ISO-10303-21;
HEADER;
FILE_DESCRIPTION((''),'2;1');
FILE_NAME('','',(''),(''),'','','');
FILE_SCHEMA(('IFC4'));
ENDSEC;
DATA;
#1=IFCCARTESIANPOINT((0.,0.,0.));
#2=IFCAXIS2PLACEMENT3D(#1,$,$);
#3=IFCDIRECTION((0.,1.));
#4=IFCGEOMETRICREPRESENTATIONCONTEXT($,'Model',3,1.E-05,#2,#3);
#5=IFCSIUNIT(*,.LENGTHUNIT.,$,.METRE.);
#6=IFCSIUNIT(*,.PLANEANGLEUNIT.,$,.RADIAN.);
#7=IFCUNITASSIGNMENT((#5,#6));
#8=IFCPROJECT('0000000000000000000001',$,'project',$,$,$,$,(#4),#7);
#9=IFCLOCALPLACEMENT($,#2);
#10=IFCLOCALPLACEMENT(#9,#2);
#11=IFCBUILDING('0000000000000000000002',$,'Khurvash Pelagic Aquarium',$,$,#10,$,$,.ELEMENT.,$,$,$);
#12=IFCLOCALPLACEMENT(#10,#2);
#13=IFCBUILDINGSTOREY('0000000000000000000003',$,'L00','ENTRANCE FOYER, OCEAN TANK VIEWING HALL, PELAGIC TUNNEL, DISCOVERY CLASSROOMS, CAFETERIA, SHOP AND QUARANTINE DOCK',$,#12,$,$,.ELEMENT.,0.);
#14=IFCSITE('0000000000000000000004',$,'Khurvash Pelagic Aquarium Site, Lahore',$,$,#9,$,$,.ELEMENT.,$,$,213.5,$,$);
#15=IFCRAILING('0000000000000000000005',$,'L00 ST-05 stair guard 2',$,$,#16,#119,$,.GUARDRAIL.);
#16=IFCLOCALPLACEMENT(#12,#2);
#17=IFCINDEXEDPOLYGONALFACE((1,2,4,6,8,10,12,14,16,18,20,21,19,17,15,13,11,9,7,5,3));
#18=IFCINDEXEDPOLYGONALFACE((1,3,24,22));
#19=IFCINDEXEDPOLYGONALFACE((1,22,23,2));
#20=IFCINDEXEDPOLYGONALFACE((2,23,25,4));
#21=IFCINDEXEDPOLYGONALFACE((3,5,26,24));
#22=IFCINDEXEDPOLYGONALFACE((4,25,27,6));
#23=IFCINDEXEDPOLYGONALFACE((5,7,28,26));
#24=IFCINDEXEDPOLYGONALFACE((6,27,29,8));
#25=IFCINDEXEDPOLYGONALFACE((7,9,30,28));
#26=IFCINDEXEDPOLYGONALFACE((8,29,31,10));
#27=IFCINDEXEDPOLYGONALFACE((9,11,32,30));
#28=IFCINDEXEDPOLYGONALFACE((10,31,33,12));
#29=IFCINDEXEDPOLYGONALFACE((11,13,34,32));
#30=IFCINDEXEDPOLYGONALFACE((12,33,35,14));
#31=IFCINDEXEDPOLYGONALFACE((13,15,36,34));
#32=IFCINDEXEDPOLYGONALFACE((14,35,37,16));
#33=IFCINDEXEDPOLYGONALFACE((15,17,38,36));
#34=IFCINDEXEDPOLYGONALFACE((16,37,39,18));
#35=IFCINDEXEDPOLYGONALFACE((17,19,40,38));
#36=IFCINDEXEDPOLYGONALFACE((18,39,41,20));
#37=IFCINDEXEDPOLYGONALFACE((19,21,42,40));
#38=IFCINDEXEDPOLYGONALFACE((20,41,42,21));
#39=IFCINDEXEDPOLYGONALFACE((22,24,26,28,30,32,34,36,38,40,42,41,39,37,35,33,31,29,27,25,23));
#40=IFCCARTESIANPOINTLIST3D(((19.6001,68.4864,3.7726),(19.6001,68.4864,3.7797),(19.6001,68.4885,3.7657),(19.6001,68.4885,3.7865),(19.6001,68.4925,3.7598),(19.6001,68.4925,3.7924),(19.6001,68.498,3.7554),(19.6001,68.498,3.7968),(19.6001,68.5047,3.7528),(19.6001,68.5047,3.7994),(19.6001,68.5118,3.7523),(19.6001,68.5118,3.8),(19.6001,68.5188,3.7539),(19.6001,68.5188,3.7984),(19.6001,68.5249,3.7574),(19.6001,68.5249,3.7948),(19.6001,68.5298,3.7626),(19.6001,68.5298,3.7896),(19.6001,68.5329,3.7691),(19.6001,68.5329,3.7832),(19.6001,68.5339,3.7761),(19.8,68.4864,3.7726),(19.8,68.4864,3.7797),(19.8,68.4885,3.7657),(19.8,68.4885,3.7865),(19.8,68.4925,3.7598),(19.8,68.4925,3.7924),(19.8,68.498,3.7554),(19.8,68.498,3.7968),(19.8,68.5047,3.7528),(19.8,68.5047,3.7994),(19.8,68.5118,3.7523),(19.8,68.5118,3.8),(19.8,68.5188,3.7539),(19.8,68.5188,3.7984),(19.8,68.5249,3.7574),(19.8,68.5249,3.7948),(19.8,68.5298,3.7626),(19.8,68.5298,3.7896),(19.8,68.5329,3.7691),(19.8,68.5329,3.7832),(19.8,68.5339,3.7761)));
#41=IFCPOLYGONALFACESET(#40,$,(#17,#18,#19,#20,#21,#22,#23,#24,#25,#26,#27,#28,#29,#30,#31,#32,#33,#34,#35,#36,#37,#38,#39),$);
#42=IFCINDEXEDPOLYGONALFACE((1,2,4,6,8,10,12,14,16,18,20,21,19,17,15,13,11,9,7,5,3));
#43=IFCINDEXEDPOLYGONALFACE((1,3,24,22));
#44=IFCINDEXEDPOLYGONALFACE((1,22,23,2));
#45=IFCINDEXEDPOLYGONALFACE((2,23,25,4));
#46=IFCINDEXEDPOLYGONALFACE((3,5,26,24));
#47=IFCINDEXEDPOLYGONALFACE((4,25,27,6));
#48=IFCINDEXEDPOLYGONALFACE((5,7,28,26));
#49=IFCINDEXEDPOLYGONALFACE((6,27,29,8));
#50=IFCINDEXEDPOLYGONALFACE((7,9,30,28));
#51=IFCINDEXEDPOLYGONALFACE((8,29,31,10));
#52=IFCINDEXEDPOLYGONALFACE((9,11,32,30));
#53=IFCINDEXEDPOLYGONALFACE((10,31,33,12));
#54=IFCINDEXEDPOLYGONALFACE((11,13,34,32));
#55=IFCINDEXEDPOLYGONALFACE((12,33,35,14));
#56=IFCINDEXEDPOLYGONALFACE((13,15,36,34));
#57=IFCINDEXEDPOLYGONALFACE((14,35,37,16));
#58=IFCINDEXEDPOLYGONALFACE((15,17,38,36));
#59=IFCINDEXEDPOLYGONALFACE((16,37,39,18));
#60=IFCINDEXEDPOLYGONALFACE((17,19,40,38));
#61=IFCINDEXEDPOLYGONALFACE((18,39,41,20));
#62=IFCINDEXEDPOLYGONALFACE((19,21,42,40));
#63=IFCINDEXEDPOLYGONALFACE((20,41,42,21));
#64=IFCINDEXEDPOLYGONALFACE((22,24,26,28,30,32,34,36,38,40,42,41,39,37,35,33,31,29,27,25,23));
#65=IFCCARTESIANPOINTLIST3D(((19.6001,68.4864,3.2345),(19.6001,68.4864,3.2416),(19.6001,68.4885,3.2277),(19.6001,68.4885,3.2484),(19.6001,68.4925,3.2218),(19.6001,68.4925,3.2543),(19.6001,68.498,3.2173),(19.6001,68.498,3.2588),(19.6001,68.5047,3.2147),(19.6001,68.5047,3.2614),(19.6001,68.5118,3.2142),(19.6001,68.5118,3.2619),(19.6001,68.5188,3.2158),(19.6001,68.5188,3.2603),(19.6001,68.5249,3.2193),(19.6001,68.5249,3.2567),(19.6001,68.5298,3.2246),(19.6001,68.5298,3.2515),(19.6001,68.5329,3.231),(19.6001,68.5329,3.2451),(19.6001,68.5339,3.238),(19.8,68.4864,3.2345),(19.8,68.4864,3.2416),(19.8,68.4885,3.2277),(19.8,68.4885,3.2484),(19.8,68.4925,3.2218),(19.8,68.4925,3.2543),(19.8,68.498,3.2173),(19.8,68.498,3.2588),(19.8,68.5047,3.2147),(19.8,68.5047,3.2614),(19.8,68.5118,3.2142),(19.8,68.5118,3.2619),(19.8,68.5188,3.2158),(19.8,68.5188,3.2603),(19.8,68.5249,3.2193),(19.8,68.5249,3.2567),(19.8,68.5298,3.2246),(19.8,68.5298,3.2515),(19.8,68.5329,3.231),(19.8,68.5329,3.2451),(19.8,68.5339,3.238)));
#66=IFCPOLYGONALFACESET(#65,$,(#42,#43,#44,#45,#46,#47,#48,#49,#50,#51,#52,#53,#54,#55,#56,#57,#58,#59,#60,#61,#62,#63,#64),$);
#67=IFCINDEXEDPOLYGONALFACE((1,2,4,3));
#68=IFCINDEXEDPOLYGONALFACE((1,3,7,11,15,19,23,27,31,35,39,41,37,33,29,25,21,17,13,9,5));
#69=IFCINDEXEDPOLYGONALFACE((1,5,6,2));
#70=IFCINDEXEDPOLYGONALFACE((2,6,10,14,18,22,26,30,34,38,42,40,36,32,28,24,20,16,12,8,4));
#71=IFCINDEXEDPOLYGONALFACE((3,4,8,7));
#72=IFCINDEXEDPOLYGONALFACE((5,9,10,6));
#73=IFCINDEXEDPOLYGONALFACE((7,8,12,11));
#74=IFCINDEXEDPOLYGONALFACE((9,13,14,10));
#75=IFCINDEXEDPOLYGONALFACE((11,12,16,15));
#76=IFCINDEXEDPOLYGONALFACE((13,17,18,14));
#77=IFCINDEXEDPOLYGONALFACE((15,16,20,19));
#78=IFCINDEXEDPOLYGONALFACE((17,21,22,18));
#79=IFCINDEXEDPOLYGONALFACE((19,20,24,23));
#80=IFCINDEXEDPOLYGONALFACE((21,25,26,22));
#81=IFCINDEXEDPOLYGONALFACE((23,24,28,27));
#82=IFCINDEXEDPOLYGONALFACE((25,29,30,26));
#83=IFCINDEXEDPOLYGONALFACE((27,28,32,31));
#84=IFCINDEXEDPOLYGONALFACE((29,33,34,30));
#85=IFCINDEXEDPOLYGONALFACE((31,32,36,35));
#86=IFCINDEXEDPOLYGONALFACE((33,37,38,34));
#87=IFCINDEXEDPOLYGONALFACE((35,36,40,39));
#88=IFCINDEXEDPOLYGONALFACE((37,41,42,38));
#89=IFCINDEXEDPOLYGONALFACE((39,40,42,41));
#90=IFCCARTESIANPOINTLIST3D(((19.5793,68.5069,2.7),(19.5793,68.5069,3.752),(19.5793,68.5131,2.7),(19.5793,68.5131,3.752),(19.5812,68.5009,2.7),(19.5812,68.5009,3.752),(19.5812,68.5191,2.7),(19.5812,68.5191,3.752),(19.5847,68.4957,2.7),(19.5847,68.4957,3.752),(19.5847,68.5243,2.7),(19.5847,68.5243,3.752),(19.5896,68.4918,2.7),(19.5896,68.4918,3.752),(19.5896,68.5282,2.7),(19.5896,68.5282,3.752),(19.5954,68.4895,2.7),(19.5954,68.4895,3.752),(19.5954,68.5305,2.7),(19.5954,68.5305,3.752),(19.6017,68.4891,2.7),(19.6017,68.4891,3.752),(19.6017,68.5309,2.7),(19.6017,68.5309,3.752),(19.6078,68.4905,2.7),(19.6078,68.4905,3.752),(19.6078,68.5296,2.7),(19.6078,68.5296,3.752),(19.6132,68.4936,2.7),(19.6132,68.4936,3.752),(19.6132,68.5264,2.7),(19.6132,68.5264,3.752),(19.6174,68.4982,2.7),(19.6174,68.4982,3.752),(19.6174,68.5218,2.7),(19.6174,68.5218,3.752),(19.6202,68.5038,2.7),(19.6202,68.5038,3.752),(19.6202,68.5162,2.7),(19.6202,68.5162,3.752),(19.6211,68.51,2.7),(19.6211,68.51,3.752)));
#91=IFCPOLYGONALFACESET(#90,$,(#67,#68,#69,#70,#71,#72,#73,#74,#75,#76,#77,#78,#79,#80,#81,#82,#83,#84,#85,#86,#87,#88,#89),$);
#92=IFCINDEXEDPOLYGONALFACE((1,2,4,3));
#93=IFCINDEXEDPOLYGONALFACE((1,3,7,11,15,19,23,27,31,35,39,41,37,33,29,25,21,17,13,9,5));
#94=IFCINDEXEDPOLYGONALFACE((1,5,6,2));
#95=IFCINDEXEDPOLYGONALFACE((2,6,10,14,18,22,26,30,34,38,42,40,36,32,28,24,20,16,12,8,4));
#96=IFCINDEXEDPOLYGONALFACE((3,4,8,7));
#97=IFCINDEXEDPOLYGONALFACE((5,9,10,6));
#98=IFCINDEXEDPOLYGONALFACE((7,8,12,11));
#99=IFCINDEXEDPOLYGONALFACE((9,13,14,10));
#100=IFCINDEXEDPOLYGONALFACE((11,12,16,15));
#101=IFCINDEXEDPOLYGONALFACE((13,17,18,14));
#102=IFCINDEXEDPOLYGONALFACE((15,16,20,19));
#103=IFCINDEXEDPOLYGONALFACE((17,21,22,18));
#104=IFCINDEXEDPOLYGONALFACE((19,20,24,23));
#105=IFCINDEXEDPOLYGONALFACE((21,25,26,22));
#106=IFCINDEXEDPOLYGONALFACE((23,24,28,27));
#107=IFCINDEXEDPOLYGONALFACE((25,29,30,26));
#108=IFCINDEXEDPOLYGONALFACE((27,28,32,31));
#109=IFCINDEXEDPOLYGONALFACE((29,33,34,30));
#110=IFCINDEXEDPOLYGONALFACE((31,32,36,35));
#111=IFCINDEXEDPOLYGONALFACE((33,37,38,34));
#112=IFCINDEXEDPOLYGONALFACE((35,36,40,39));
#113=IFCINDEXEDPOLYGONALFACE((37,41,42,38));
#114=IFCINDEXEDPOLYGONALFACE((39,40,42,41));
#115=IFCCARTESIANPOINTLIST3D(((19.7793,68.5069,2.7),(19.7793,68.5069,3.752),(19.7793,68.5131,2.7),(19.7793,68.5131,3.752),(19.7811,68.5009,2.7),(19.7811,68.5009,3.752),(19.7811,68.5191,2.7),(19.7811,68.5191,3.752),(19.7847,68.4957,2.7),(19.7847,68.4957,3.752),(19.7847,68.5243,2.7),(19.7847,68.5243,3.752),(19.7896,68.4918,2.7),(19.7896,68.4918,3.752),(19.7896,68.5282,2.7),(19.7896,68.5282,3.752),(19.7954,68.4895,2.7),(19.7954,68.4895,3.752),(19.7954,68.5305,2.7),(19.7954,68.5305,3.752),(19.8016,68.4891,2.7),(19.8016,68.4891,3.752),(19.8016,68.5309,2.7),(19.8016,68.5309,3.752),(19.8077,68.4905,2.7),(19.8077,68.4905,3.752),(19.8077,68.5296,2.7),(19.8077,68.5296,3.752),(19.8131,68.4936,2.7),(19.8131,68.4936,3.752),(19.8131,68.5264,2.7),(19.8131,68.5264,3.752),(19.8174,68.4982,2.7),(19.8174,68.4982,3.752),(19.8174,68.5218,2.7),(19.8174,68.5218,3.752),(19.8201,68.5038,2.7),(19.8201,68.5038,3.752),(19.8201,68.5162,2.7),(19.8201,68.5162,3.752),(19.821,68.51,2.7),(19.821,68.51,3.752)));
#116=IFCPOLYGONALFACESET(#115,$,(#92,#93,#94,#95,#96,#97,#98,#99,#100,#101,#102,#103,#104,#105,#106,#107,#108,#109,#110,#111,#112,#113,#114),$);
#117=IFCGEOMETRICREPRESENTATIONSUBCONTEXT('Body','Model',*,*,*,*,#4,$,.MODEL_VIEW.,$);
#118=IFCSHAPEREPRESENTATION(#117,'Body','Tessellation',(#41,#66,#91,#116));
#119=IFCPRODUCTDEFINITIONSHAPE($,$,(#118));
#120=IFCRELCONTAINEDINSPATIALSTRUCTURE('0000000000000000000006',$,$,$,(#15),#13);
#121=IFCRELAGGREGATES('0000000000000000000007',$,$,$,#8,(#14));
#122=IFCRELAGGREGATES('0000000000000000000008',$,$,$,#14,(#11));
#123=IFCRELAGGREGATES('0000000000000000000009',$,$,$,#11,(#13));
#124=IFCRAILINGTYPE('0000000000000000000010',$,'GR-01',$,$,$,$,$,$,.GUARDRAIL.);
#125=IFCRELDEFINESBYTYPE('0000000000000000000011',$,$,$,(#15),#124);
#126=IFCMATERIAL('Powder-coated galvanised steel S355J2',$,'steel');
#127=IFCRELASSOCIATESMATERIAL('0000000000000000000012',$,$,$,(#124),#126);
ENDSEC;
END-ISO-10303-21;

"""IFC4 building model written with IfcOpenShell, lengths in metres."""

from ifc_helpers import new_model, si_unit, direction, frame, origin, origin_2d, place, context, subcontext, project, spatial, circle, extrude, material, type_object, element, save


model = new_model("IFC4")

# Units and contexts
model_context = context("Model", 3, precision=1e-05, world=origin(), true_north=direction((0.0, 1.0)))
body_context = subcontext(model_context, "Body", "Model", "MODEL_VIEW")
ifc_project = project(units=[si_unit("LENGTHUNIT", "METRE"), si_unit("PLANEANGLEUNIT", "RADIAN")], contexts=[model_context])

# Site, building, storey
site_placement = place(None, origin())
site = spatial("IfcSite", under=ifc_project, at=site_placement, Name="Khurvash Pelagic Aquarium Site, Lahore", CompositionType="ELEMENT", RefElevation=213.5)
building_placement = place(site_placement, origin())
building = spatial("IfcBuilding", under=site, at=building_placement, Name="Khurvash Pelagic Aquarium", CompositionType="ELEMENT")
storey_placement = place(building_placement, origin())
storey = spatial("IfcBuildingStorey", under=building, at=storey_placement, Name="L00", Description="ENTRANCE FOYER, OCEAN TANK VIEWING HALL, PELAGIC TUNNEL, DISCOVERY CLASSROOMS, CAFETERIA, SHOP AND QUARANTINE DOCK", CompositionType="ELEMENT", Elevation=0.0)

# Railing
ifc_material_1 = material(Name="Powder-coated galvanised steel S355J2", Category="steel")
railing_type_1 = type_object("IfcRailingType", Name="GR-01", PredefinedType="GUARDRAIL", material=ifc_material_1)
railing_1_placement = place(storey_placement, frame((19.6001, 68.51, 2.7)))
element("IfcRailing", 1, at=railing_1_placement, inside=storey, type_object=railing_type_1, Name="L00 ST-05 stair guard 2", PredefinedType="GUARDRAIL", context=body_context, shape_type="SweptSolid", body=[
    extrude(circle(Radius=0.0239, at=origin_2d()), frame((0.0, 0.0, 1.0762), z_axis=(1.0, 0.0, 0.0), x_axis=(0.0, 1.0, 0.0)), (0.0, 0.0, 1.0), 0.2),
    extrude(circle(Radius=0.0239, at=origin_2d()), frame((0.0, 0.0, 0.5381), z_axis=(1.0, 0.0, 0.0), x_axis=(0.0, 1.0, 0.0)), (0.0, 0.0, 1.0), 0.2),
    extrude(circle(Radius=0.021, at=origin_2d()), origin(), (0.0, 0.0, 1.0), 1.052),
    extrude(circle(Radius=0.021, at=origin_2d()), frame((0.2, 0.0, 0.0)), (0.0, 0.0, 1.0), 1.052),
])

save(model, "model.ifc")
